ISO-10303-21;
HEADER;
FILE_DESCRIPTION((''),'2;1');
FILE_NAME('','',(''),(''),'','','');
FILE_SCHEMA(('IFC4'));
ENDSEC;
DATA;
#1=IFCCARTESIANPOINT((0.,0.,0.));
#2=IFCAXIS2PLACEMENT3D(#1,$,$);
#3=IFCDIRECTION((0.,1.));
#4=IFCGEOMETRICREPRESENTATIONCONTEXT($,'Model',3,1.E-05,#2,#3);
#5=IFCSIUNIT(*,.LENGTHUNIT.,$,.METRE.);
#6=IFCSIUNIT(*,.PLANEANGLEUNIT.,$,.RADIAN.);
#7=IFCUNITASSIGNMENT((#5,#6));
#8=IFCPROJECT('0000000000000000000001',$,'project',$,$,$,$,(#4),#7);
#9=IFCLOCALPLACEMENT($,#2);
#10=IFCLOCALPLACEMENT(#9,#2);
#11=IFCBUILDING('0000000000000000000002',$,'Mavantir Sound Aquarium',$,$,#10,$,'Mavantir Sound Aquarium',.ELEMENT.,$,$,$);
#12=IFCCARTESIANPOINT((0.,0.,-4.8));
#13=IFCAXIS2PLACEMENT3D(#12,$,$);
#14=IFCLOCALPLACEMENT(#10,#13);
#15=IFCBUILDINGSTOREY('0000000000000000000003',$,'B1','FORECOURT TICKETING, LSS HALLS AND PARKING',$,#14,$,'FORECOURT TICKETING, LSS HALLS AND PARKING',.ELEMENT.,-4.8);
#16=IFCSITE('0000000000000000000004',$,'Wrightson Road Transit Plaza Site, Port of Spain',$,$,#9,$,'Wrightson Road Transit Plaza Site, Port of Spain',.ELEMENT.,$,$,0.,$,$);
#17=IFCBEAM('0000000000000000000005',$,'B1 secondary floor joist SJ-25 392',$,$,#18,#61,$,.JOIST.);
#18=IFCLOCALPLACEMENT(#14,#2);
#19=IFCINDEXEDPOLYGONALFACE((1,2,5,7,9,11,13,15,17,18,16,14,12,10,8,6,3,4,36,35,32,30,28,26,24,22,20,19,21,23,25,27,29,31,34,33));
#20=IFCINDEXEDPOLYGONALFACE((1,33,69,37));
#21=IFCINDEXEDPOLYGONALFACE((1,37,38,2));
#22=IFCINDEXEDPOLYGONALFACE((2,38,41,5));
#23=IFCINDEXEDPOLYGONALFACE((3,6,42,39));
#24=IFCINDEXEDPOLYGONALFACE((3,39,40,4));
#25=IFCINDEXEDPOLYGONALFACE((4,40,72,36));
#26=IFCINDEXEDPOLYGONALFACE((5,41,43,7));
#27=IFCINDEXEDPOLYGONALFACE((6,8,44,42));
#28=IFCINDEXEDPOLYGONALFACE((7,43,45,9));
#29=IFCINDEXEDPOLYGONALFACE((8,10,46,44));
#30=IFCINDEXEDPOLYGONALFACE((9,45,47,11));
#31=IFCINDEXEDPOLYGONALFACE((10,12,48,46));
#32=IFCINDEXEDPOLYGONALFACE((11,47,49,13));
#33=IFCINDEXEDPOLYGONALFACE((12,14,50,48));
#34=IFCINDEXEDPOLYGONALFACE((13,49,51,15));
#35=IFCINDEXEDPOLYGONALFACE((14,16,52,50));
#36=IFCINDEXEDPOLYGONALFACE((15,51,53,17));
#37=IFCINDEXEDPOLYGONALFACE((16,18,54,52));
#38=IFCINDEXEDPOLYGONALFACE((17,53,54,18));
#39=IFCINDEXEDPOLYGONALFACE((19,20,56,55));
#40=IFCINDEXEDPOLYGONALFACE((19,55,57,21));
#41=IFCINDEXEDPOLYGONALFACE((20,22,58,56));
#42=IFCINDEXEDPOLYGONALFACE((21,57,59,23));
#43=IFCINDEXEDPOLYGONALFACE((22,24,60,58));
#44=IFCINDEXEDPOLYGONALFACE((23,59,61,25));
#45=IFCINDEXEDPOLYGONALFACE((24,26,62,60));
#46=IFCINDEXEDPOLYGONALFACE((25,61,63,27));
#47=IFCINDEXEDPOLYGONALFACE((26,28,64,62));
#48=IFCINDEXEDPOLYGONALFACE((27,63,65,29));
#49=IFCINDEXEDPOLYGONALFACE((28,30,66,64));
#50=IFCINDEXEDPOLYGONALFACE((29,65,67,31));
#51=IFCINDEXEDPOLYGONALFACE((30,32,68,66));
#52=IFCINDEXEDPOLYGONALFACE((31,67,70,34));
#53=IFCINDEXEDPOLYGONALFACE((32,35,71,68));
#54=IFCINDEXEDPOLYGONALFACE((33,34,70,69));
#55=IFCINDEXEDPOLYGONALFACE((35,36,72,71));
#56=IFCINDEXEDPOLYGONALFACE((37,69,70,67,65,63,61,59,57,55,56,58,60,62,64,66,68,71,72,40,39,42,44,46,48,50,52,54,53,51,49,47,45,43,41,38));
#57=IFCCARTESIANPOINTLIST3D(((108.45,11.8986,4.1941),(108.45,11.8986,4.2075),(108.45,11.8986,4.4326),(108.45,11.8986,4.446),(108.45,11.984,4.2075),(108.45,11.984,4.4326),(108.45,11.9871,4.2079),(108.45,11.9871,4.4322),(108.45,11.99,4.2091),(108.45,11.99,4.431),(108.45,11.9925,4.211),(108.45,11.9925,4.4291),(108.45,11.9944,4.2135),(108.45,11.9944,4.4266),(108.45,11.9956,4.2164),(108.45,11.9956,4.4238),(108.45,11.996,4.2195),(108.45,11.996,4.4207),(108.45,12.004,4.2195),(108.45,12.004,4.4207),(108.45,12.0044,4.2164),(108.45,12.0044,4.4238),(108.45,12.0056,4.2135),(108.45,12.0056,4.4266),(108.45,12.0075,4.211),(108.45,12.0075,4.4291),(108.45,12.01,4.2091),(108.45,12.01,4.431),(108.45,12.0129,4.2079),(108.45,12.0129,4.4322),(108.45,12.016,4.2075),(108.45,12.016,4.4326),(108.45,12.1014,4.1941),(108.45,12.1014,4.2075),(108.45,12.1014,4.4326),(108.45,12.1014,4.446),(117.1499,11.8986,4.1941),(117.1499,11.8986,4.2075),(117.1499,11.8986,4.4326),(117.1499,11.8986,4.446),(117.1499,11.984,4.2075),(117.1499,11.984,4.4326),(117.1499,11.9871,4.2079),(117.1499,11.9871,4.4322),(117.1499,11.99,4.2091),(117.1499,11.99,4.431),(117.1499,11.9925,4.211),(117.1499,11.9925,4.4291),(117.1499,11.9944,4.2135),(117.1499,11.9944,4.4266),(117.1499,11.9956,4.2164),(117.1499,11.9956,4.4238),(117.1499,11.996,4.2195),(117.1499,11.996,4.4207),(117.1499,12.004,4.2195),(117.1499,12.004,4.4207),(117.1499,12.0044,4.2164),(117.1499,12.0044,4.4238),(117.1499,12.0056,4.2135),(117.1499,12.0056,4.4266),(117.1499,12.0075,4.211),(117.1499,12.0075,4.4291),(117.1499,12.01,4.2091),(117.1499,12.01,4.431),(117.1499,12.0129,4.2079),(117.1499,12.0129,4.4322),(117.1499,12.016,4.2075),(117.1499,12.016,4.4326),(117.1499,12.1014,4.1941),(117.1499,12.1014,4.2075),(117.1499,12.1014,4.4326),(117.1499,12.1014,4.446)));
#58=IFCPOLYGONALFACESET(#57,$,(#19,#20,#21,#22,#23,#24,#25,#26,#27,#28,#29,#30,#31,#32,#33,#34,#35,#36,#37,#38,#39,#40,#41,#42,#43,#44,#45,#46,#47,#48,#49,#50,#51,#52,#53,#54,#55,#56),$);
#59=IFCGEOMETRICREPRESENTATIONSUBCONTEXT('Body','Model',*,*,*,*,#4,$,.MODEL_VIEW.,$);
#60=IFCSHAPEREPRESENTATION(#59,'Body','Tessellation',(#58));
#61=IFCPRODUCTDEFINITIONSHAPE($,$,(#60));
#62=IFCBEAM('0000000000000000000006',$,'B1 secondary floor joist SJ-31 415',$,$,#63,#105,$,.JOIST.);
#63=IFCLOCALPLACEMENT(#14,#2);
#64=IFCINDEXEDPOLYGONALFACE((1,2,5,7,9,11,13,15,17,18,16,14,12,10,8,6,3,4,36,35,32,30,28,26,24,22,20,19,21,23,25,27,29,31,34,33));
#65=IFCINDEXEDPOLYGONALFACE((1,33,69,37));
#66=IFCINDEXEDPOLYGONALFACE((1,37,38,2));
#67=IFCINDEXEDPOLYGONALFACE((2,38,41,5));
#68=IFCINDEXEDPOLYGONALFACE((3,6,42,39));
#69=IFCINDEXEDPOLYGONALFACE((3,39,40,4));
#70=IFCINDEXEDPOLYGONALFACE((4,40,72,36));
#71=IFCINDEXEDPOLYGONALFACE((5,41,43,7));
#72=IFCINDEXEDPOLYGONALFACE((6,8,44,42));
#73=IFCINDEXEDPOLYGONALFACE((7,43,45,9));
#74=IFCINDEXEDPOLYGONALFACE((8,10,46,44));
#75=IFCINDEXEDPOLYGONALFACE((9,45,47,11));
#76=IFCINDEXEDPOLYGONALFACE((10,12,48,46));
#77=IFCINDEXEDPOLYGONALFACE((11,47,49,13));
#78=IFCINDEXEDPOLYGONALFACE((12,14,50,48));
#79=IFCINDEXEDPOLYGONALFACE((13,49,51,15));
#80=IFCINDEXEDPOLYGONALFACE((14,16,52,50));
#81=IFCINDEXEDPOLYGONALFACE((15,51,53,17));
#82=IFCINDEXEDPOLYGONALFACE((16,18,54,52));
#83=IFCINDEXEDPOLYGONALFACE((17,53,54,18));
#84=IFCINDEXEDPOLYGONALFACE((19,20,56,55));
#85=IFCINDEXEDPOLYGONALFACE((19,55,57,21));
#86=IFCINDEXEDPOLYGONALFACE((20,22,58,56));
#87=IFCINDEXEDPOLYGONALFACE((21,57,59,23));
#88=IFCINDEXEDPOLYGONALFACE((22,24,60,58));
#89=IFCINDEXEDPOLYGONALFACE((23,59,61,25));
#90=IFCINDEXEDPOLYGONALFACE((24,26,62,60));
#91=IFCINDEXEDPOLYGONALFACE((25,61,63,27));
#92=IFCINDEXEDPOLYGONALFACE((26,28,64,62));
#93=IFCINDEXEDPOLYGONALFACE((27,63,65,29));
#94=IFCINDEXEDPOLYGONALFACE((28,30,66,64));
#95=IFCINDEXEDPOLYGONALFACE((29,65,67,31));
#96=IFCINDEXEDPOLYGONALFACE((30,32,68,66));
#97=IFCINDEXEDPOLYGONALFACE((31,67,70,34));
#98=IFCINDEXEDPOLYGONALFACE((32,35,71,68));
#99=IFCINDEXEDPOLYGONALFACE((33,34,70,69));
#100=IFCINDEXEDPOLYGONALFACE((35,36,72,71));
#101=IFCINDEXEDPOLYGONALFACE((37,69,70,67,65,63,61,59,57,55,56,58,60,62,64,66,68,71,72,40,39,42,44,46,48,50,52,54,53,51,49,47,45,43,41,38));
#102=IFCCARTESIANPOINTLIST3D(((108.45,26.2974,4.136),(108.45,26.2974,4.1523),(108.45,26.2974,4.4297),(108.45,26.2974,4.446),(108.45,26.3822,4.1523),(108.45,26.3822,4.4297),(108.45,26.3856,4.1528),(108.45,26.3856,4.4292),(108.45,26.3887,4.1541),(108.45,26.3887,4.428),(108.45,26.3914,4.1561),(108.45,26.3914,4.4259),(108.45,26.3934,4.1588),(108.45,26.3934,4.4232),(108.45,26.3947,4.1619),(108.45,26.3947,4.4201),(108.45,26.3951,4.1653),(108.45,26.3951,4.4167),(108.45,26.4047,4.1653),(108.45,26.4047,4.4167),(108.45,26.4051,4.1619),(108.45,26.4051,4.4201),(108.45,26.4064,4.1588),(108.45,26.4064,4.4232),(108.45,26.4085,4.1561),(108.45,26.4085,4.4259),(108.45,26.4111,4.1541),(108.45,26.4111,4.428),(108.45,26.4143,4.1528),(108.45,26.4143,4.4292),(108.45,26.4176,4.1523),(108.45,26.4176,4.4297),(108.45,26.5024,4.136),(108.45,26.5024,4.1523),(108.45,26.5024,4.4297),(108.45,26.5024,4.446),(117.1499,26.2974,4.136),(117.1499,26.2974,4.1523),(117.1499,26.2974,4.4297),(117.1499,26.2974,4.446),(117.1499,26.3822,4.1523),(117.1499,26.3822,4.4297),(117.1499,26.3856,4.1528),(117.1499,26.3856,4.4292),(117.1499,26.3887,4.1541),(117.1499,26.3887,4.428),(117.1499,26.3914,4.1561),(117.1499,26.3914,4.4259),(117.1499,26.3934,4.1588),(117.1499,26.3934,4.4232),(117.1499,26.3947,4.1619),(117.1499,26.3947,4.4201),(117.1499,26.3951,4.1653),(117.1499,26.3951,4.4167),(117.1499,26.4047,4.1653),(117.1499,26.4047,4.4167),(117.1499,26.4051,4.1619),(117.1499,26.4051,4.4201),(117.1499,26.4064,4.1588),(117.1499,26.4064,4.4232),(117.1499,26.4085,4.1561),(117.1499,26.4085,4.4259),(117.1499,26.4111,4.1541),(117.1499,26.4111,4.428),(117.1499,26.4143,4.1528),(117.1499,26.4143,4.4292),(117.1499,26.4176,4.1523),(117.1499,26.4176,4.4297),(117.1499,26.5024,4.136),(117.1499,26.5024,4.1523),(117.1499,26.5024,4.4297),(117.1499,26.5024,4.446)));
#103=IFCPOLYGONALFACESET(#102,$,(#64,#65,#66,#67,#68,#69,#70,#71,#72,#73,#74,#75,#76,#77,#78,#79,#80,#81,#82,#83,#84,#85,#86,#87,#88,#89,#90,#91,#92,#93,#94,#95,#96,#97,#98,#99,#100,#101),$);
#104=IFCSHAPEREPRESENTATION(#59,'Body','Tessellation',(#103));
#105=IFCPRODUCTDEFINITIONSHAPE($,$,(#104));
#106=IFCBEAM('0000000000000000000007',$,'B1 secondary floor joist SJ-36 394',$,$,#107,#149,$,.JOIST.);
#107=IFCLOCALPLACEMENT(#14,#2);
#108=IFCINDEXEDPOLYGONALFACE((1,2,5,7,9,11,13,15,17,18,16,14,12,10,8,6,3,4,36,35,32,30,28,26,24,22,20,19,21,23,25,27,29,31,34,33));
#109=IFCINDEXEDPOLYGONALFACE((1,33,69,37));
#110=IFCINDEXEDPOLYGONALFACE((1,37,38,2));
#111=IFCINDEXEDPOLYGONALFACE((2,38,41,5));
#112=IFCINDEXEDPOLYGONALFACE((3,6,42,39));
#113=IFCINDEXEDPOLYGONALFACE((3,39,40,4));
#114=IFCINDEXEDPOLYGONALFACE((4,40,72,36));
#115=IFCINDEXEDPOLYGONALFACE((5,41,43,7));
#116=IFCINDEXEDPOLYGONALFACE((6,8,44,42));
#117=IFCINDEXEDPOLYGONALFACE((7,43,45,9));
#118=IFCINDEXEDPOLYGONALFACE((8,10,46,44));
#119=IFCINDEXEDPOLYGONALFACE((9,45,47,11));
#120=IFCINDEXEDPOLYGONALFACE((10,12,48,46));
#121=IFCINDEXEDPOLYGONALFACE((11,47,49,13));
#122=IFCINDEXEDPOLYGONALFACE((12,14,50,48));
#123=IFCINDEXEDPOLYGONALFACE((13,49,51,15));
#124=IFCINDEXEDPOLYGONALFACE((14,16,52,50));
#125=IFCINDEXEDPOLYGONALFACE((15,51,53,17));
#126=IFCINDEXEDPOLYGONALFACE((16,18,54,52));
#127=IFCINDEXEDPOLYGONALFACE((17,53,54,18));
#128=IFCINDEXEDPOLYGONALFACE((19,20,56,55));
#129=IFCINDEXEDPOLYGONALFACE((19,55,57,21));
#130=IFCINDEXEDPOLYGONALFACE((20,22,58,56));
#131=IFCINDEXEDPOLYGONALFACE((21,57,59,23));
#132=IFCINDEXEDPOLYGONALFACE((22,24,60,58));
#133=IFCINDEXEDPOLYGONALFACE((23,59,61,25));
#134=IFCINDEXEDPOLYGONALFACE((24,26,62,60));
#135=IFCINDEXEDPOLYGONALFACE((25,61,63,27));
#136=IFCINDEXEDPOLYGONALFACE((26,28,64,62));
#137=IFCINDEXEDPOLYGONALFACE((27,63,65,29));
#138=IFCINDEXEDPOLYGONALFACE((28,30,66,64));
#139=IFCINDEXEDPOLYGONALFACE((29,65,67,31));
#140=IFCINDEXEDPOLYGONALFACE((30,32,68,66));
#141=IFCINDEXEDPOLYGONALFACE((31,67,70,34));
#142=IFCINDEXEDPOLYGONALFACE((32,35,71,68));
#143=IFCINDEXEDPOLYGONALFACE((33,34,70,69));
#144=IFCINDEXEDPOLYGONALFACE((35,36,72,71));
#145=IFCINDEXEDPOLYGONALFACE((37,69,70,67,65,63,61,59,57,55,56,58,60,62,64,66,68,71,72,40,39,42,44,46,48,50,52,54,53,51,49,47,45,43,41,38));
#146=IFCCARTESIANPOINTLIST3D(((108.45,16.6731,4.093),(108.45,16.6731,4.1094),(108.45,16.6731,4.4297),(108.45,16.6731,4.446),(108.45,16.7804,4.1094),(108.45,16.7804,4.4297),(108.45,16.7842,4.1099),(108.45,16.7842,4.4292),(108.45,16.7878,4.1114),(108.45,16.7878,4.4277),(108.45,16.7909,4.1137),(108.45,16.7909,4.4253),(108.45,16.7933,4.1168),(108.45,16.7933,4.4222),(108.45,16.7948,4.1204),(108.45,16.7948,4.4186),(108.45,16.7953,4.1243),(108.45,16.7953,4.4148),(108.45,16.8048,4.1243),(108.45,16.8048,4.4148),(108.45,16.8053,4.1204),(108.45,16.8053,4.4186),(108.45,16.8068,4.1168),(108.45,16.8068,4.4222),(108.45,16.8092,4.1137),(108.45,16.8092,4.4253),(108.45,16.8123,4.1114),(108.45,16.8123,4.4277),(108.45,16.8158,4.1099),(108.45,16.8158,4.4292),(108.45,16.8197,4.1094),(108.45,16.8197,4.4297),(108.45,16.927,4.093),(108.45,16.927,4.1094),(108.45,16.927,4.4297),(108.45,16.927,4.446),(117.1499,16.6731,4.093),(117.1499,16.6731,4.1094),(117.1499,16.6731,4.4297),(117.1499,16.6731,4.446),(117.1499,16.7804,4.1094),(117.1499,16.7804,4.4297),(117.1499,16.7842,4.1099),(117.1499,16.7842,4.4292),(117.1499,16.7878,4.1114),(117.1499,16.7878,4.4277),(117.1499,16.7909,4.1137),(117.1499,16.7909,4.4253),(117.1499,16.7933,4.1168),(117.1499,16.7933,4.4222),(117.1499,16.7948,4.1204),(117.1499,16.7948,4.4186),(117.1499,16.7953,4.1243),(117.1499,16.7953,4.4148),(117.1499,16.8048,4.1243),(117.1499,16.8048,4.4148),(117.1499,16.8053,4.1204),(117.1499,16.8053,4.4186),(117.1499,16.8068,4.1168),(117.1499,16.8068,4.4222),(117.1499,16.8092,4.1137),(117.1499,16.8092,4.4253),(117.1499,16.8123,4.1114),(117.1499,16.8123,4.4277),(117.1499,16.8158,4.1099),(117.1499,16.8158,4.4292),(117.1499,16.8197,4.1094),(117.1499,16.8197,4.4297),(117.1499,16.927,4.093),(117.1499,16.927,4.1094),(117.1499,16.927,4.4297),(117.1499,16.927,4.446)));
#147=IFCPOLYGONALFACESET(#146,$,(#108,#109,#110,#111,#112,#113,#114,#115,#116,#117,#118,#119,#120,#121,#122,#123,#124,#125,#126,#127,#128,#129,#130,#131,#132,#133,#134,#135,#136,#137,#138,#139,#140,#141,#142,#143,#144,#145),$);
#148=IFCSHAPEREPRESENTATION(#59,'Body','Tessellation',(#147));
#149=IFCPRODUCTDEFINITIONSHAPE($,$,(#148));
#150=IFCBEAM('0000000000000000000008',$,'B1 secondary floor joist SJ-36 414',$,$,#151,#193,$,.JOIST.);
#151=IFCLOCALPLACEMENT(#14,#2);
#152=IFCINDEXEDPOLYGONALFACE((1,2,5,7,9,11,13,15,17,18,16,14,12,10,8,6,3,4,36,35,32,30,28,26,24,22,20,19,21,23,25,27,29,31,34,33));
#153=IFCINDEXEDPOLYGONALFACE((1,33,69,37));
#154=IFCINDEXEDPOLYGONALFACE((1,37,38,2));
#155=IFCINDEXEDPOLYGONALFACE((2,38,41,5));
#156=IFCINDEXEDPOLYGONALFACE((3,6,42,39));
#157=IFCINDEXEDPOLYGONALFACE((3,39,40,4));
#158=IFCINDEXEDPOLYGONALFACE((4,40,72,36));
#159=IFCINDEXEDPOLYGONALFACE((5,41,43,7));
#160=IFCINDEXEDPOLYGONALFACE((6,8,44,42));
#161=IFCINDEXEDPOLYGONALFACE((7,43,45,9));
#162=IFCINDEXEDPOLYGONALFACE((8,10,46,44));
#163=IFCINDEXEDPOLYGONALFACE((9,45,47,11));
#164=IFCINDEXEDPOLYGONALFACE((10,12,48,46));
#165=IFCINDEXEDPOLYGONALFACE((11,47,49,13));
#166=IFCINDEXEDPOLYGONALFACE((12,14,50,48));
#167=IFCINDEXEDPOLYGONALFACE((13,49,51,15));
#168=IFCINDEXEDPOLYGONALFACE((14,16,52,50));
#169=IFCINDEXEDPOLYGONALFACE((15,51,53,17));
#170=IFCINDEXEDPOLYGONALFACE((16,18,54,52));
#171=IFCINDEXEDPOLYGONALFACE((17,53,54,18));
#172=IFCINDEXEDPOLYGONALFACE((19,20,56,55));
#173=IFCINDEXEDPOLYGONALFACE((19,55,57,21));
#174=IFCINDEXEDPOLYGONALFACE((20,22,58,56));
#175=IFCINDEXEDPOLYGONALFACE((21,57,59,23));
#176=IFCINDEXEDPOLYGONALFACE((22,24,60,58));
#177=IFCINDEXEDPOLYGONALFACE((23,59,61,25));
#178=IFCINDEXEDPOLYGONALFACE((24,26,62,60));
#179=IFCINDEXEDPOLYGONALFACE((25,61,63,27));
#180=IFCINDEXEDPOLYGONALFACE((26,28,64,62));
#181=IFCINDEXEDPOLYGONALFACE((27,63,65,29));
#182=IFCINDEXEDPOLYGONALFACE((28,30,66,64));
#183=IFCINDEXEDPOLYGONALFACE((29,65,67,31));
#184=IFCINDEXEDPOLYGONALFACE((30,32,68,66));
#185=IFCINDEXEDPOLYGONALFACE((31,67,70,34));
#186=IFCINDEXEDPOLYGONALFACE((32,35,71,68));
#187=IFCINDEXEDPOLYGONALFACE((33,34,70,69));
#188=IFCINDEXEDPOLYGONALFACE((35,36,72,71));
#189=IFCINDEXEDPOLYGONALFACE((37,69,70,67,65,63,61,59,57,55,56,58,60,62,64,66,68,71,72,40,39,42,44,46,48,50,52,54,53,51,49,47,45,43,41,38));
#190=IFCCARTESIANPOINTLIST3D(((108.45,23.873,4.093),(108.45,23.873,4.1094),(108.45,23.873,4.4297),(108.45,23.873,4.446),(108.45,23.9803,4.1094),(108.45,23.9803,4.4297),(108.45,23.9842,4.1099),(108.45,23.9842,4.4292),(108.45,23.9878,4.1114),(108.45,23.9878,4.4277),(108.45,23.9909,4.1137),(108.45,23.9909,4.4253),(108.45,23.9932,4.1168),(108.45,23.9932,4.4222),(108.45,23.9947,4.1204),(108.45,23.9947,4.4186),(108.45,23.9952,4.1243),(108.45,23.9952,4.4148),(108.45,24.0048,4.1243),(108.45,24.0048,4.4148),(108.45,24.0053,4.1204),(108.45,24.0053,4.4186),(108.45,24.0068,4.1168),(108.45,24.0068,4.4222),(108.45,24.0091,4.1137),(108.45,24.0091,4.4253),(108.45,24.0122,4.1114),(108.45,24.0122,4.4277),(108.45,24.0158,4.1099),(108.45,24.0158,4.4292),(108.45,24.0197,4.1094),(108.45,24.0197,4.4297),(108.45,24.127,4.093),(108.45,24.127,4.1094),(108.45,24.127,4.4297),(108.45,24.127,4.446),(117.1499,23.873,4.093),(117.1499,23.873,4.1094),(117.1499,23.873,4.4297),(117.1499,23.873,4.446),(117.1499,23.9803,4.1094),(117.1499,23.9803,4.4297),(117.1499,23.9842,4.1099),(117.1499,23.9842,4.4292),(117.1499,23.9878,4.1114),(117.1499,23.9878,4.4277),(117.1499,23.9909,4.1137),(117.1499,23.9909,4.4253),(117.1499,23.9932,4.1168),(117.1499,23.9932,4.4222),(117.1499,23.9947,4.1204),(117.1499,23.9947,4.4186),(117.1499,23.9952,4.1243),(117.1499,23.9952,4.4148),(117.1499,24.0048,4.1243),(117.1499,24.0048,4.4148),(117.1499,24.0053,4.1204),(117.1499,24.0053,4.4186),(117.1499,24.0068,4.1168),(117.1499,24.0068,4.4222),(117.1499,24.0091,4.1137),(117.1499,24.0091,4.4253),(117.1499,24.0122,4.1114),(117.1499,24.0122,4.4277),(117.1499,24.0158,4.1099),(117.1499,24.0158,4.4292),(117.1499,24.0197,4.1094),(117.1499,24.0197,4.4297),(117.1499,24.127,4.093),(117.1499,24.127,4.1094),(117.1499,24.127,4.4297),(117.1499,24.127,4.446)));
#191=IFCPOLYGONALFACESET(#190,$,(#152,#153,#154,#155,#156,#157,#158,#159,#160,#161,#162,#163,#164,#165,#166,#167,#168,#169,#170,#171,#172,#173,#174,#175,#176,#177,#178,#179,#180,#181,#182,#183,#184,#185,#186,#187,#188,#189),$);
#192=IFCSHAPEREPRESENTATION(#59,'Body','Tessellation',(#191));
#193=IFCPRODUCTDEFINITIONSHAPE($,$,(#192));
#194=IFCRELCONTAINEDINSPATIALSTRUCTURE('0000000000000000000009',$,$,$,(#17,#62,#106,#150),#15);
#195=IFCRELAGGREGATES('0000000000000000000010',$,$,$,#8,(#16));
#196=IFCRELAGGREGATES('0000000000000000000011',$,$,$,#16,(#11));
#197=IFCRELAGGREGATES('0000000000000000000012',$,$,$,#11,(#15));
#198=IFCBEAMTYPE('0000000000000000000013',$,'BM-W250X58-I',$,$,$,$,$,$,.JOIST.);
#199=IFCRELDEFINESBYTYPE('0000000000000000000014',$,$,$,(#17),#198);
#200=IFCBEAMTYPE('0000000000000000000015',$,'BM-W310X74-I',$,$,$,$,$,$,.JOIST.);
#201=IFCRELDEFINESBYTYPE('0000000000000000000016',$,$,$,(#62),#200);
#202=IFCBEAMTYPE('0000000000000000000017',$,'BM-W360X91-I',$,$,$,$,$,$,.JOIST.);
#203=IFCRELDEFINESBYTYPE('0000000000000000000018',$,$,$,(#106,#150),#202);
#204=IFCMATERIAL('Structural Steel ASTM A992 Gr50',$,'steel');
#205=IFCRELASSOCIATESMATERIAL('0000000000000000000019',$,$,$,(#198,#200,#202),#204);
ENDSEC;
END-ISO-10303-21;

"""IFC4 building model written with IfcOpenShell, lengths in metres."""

from ifc_helpers import new_model, si_unit, direction, frame, origin, origin_2d, place, context, subcontext, project, spatial, i_section, extrude, material, material_profile, profile_set, type_object, element, save


model = new_model("IFC4")

# Units and contexts
model_context = context("Model", 3, precision=1e-05, world=origin(), true_north=direction((0.0, 1.0)))
body_context = subcontext(model_context, "Body", "Model", "MODEL_VIEW")
ifc_project = project(units=[si_unit("LENGTHUNIT", "METRE"), si_unit("PLANEANGLEUNIT", "RADIAN")], contexts=[model_context])

# Site, building, storey
site_placement = place(None, origin())
site = spatial("IfcSite", under=ifc_project, at=site_placement, Name="Wrightson Road Transit Plaza Site, Port of Spain", LongName="Wrightson Road Transit Plaza Site, Port of Spain", CompositionType="ELEMENT", RefElevation=0.0)
building_placement = place(site_placement, origin())
building = spatial("IfcBuilding", under=site, at=building_placement, Name="Mavantir Sound Aquarium", LongName="Mavantir Sound Aquarium", CompositionType="ELEMENT")
storey_placement = place(building_placement, frame((0.0, 0.0, -4.8)))
storey = spatial("IfcBuildingStorey", under=building, at=storey_placement, Name="B1", Description="FORECOURT TICKETING, LSS HALLS AND PARKING", LongName="FORECOURT TICKETING, LSS HALLS AND PARKING", CompositionType="ELEMENT", Elevation=-4.8)

# Beams
ifc_material_1 = material(Name="Structural Steel ASTM A992 Gr50", Category="steel")
ifc_material_profile_1 = material_profile(ifc_material_1, i_section(OverallWidth=0.2029, OverallDepth=0.252, WebThickness=0.0081, FlangeThickness=0.0134, FilletRadius=0.012, at=origin_2d()), Name="W250X58")
ifc_profile_set_1 = profile_set([ifc_material_profile_1], Name="Structural Steel ASTM A992 Gr50")
beam_type_1 = type_object("IfcBeamType", Name="BM-W250X58-I", PredefinedType="JOIST", material=ifc_profile_set_1)
beam_1_placement = place(storey_placement, frame((108.45, 12.0, 4.3201), z_axis=(1.0, 0.0, 0.0), x_axis=(0.0, 1.0, 0.0)))
element("IfcBeam", 1, at=beam_1_placement, inside=storey, type_object=beam_type_1, Name="B1 secondary floor joist SJ-25 392", PredefinedType="JOIST", context=body_context, shape_type="SweptSolid", body=[
    extrude(i_section(OverallWidth=0.2029, OverallDepth=0.252, WebThickness=0.0081, FlangeThickness=0.0134, FilletRadius=0.012, at=origin_2d()), origin(), (0.0, 0.0, 1.0), 8.7),
])
ifc_material_profile_2 = material_profile(ifc_material_1, i_section(OverallWidth=0.2051, OverallDepth=0.3101, WebThickness=0.0095, FlangeThickness=0.0164, FilletRadius=0.0129, at=origin_2d()), Name="W310X74")
ifc_profile_set_2 = profile_set([ifc_material_profile_2], Name="Structural Steel ASTM A992 Gr50")
beam_type_2 = type_object("IfcBeamType", Name="BM-W310X74-I", PredefinedType="JOIST", material=ifc_profile_set_2)
beam_2_placement = place(storey_placement, frame((108.45, 26.3999, 4.291), z_axis=(1.0, 0.0, 0.0), x_axis=(0.0, 1.0, 0.0)))
element("IfcBeam", 2, at=beam_2_placement, inside=storey, type_object=beam_type_2, Name="B1 secondary floor joist SJ-31 415", PredefinedType="JOIST", context=body_context, shape_type="SweptSolid", body=[
    extrude(i_section(OverallWidth=0.2051, OverallDepth=0.3101, WebThickness=0.0095, FlangeThickness=0.0164, FilletRadius=0.0129, at=origin_2d()), origin(), (0.0, 0.0, 1.0), 8.7),
])
ifc_material_profile_3 = material_profile(ifc_material_1, i_section(OverallWidth=0.2539, OverallDepth=0.353, WebThickness=0.0095, FlangeThickness=0.0164, FilletRadius=0.0149, at=origin_2d()), Name="W360X91")
ifc_profile_set_3 = profile_set([ifc_material_profile_3], Name="Structural Steel ASTM A992 Gr50")
beam_type_3 = type_object("IfcBeamType", Name="BM-W360X91-I", PredefinedType="JOIST", material=ifc_profile_set_3)
for number, where, z_axis, x_axis, name in (
    (3, (108.45, 16.8, 4.2695), (1.0, 0.0, 0.0), (0.0, 1.0, 0.0), "B1 secondary floor joist SJ-36 394"),
    (4, (108.45, 24.0, 4.2695), (1.0, 0.0, 0.0), (0.0, 1.0, 0.0), "B1 secondary floor joist SJ-36 414"),
):
    element("IfcBeam", number, at=place(storey_placement, frame(where, z_axis=z_axis, x_axis=x_axis)), inside=storey, type_object=beam_type_3, Name=name, PredefinedType="JOIST", context=body_context, shape_type="SweptSolid", body=[
        extrude(i_section(OverallWidth=0.2539, OverallDepth=0.353, WebThickness=0.0095, FlangeThickness=0.0164, FilletRadius=0.0149, at=origin_2d()), origin(), (0.0, 0.0, 1.0), 8.7),
    ])

save(model, "model.ifc")
